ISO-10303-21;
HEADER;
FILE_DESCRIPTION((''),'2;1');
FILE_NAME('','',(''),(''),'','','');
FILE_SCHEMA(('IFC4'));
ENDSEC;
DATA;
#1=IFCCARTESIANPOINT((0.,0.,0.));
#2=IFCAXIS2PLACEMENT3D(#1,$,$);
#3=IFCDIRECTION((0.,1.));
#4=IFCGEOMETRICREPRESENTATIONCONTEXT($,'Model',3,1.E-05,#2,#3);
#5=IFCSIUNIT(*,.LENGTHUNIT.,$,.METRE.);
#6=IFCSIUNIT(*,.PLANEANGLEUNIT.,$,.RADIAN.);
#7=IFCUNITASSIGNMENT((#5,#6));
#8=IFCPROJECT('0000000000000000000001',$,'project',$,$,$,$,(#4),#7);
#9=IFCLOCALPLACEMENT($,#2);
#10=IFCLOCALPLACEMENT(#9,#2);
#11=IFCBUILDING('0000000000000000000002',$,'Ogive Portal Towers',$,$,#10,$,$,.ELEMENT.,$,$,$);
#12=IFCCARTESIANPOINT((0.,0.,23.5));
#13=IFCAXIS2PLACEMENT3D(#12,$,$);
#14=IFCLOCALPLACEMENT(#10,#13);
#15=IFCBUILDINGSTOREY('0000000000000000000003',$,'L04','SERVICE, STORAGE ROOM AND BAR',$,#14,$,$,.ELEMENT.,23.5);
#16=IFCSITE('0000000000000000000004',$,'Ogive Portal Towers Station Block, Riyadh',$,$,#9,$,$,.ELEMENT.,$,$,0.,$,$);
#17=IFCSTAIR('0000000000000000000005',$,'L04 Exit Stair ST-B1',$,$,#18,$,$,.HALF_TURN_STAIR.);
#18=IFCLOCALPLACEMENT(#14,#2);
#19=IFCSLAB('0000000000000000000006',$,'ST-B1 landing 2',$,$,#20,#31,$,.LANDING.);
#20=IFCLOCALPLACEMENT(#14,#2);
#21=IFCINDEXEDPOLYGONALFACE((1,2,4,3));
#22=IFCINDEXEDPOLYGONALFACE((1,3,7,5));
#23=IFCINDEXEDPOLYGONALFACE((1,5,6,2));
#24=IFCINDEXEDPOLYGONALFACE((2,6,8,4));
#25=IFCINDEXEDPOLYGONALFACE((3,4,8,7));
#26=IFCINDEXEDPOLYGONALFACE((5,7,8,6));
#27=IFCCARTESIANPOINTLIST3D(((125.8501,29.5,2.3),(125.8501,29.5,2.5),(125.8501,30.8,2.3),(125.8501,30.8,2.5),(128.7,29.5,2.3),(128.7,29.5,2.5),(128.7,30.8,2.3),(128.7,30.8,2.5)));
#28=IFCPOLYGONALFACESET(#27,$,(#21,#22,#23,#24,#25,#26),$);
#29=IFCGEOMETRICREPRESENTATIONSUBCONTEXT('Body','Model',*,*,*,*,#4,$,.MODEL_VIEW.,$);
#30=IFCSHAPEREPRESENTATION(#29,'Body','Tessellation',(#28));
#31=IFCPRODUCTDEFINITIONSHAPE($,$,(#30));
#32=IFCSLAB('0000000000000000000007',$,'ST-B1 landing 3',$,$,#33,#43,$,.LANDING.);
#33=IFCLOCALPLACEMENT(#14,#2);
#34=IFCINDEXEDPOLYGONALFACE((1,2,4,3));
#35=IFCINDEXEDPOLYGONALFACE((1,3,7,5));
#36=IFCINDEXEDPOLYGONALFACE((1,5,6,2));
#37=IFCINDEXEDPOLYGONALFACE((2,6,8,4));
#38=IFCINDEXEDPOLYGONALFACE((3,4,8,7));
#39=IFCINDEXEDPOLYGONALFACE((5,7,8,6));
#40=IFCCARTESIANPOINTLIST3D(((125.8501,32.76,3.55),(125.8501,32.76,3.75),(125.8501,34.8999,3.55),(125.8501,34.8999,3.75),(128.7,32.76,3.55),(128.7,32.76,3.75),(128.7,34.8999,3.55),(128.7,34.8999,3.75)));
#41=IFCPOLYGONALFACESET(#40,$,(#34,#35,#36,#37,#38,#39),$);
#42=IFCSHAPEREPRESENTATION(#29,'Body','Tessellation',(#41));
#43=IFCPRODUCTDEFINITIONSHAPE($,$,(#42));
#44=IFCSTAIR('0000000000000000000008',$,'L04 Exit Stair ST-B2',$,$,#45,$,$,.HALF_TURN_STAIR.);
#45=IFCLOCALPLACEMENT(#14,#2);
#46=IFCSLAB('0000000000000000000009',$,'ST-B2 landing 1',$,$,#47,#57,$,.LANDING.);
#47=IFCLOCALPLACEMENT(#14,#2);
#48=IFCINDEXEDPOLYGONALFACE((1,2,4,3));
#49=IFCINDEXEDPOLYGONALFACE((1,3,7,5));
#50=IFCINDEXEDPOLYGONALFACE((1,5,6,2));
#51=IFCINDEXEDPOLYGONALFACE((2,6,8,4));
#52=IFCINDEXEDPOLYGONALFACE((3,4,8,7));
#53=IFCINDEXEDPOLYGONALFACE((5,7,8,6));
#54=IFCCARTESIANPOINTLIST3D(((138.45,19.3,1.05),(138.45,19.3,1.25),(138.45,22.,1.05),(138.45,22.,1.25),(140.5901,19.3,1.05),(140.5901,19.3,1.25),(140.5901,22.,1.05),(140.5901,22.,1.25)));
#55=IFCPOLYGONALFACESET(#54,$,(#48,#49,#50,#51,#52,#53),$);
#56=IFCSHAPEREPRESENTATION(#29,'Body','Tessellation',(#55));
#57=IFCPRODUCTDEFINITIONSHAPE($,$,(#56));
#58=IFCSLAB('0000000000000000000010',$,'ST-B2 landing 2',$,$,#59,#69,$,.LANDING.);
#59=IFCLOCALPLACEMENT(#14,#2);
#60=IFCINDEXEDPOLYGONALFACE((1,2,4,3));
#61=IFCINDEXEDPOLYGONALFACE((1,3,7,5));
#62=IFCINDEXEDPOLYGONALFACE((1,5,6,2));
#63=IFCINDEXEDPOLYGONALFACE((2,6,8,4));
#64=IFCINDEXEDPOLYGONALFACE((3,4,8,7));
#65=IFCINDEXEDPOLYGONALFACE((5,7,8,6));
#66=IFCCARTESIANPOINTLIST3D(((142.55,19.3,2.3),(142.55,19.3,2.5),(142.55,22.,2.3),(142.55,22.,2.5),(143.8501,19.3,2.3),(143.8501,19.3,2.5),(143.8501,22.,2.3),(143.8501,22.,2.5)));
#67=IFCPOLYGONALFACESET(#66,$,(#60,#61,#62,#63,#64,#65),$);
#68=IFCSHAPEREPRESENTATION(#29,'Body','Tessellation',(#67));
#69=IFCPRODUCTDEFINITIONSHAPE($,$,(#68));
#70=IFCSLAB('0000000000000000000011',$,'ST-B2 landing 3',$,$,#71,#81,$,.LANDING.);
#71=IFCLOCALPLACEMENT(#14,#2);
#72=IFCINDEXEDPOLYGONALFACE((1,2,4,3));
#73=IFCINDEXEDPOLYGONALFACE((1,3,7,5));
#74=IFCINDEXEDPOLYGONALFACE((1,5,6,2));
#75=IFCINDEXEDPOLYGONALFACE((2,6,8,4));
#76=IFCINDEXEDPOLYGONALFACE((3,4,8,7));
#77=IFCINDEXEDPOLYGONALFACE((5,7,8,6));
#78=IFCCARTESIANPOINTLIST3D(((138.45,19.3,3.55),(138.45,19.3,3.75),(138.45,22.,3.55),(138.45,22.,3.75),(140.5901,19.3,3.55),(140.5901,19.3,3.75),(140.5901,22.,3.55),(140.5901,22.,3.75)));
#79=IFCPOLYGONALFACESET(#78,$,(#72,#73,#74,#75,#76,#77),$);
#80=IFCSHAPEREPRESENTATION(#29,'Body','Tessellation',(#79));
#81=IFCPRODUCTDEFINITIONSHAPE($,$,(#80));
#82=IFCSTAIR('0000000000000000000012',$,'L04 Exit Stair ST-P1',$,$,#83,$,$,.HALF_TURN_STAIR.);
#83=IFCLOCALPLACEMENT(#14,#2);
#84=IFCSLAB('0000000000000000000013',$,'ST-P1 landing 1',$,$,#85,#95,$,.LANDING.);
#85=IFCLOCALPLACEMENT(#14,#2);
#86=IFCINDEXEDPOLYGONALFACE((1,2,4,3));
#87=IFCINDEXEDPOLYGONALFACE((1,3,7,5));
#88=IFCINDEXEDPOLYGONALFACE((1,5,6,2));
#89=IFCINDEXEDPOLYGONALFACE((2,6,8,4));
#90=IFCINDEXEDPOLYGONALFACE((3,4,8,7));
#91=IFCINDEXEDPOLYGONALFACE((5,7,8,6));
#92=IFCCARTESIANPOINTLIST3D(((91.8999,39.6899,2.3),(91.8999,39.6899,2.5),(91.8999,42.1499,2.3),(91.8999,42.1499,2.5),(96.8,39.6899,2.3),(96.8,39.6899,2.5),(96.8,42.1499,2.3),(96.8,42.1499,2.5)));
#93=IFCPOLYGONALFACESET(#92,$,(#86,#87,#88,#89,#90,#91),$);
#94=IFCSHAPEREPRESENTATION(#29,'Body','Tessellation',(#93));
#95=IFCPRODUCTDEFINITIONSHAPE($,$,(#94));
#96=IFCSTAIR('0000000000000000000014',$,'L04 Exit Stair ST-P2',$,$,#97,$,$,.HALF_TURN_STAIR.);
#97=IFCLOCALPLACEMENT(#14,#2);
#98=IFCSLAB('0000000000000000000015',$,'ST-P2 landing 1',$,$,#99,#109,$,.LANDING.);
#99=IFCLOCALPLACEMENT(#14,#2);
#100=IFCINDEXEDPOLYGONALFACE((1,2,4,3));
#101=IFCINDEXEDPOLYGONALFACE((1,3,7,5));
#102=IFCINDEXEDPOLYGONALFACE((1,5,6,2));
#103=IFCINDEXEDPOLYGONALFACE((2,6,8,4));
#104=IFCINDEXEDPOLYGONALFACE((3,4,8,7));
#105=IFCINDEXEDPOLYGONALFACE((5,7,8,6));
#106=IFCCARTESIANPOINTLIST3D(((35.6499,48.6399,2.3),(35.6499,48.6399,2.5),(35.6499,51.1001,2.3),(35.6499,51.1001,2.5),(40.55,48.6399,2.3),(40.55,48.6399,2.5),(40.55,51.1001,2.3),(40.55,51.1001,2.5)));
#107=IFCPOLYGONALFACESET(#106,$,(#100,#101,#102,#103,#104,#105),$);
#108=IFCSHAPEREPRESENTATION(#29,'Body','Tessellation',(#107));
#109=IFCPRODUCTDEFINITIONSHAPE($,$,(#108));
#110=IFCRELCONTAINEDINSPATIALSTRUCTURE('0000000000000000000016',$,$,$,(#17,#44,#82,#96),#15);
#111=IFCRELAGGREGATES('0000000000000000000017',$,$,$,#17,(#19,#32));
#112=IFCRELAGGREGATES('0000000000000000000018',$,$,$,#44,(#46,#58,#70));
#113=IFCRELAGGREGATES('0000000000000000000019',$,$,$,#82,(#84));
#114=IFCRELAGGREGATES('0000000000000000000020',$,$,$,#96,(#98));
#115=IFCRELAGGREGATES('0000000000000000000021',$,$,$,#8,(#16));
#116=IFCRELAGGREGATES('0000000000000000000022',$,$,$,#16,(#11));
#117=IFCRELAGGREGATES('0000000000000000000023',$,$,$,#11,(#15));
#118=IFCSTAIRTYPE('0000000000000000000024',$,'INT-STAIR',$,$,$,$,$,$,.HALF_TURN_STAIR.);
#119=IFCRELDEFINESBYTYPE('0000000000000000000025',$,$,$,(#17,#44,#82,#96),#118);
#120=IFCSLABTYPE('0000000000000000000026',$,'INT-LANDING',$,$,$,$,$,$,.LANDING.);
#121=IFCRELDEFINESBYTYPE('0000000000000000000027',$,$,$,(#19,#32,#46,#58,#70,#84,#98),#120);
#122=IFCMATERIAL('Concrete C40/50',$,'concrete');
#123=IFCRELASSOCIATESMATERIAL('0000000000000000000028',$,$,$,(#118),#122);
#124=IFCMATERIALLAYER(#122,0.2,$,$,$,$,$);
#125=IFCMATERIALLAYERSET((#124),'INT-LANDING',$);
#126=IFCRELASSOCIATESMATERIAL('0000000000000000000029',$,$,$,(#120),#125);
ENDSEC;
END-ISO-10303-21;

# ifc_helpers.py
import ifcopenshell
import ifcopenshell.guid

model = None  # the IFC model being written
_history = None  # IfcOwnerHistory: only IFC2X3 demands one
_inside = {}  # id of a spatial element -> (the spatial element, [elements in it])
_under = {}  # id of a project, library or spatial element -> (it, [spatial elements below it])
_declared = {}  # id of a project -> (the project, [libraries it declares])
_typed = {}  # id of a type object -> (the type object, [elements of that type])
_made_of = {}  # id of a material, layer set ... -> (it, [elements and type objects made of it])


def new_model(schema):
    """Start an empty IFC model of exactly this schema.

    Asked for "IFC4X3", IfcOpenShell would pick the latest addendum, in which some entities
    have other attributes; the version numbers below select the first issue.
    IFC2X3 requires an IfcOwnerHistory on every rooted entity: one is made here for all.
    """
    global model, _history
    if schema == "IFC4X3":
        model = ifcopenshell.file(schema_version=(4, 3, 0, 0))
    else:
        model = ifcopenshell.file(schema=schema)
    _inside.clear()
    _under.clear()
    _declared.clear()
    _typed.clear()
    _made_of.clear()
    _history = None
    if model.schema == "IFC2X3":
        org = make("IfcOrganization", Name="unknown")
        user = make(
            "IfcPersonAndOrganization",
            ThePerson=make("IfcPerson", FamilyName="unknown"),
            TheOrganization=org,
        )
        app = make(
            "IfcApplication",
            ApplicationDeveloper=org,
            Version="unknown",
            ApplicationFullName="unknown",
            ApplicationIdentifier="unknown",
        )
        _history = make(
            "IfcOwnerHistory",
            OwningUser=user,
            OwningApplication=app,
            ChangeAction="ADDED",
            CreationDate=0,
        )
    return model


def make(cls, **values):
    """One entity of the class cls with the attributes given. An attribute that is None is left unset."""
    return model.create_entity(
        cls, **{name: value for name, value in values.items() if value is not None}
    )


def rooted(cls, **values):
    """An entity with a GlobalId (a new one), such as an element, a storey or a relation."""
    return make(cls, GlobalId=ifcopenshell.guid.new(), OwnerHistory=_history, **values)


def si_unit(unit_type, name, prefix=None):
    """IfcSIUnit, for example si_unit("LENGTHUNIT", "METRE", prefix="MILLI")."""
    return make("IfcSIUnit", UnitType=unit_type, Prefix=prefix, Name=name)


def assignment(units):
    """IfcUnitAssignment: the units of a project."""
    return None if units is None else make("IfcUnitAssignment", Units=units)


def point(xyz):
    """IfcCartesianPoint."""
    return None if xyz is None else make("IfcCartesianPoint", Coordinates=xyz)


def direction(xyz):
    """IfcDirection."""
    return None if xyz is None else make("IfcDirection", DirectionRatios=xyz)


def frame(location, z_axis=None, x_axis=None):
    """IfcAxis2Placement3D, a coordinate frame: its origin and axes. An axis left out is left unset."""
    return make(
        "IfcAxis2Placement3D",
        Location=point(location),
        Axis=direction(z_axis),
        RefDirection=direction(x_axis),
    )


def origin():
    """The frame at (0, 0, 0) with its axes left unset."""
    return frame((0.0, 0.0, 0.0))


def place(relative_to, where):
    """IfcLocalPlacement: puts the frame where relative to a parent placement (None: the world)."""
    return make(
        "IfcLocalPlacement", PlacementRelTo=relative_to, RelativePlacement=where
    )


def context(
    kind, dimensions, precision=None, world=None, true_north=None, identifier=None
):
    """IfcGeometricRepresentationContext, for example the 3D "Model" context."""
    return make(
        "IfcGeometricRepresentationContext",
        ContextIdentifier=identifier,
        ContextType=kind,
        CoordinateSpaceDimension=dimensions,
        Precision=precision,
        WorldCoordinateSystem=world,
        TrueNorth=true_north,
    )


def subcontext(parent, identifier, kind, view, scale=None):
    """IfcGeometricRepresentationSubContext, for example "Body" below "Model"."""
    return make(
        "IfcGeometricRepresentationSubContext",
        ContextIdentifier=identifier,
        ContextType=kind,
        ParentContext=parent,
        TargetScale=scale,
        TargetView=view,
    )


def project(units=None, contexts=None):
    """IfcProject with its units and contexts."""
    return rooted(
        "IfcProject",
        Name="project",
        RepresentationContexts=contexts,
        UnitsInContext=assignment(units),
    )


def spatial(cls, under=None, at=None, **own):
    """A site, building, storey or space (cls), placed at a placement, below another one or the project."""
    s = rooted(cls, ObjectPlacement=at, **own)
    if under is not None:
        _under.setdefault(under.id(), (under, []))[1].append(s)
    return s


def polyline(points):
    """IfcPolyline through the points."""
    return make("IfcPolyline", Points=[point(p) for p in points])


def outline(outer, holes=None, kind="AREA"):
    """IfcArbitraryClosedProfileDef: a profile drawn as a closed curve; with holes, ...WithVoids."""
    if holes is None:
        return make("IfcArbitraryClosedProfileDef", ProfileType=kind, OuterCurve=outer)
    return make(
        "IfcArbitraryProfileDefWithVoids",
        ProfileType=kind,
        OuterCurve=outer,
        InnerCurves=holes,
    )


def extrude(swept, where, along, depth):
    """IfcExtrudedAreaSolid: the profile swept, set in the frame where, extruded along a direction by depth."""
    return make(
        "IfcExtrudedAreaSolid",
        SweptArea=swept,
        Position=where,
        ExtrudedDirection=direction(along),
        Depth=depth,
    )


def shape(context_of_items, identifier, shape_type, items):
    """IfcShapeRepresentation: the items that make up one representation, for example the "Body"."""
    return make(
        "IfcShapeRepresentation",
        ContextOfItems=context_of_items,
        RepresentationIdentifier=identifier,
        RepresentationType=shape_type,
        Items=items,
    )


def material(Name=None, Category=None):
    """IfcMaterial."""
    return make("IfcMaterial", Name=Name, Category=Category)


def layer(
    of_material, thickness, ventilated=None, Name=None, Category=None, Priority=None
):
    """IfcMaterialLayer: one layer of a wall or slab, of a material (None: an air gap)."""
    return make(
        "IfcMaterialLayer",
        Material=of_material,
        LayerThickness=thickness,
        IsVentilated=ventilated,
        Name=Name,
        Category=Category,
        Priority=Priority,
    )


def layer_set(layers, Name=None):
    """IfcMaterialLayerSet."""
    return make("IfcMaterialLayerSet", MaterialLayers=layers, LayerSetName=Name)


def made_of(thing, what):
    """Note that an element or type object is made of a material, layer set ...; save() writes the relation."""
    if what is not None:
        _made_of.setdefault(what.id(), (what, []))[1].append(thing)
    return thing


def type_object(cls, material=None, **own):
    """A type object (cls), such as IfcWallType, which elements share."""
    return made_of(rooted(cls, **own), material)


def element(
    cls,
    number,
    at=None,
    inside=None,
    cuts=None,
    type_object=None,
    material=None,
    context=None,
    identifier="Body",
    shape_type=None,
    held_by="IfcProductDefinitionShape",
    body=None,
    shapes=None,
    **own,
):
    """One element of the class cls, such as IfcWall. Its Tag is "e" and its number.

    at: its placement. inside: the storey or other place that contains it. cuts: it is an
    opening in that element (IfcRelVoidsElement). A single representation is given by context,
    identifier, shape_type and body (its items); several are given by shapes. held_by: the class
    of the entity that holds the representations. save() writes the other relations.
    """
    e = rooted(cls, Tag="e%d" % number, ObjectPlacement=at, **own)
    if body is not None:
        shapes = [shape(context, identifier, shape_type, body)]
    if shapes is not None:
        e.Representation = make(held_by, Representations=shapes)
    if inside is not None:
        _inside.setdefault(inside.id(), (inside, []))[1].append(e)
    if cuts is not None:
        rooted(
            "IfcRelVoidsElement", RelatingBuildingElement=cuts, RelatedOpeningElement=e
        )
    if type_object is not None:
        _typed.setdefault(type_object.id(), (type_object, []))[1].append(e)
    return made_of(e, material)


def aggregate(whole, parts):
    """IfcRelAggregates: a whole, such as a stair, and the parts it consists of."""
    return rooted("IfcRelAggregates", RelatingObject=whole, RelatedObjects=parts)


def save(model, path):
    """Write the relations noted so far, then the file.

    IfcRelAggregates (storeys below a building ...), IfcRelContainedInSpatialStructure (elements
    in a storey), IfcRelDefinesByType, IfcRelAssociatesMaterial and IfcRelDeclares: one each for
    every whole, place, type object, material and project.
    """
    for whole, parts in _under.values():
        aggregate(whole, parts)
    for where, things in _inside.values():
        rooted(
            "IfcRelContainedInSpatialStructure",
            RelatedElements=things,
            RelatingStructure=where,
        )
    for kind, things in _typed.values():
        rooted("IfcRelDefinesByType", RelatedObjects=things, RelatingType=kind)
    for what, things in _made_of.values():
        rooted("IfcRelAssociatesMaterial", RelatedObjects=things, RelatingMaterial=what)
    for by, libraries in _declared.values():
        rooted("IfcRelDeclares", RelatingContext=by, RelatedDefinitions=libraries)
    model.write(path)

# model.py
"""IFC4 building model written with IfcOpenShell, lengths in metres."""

from ifc_helpers import new_model, si_unit, direction, frame, origin, place, context, subcontext, project, spatial, polyline, outline, extrude, material, layer, layer_set, type_object, element, aggregate, save


model = new_model("IFC4")

# Units and contexts
model_context = context("Model", 3, precision=1e-05, world=origin(), true_north=direction((0.0, 1.0)))
body_context = subcontext(model_context, "Body", "Model", "MODEL_VIEW")
ifc_project = project(units=[si_unit("LENGTHUNIT", "METRE"), si_unit("PLANEANGLEUNIT", "RADIAN")], contexts=[model_context])

# Site, building, storey
site_placement = place(None, origin())
site = spatial("IfcSite", under=ifc_project, at=site_placement, Name="Ogive Portal Towers Station Block, Riyadh", CompositionType="ELEMENT", RefElevation=0.0)
building_placement = place(site_placement, origin())
building = spatial("IfcBuilding", under=site, at=building_placement, Name="Ogive Portal Towers", CompositionType="ELEMENT")
storey_placement = place(building_placement, frame((0.0, 0.0, 23.5)))
storey = spatial("IfcBuildingStorey", under=building, at=storey_placement, Name="L04", Description="SERVICE, STORAGE ROOM AND BAR", CompositionType="ELEMENT", Elevation=23.5)

# Stairs, slabs
ifc_material_1 = material(Name="Concrete C40/50", Category="concrete")
stair_type = type_object("IfcStairType", Name="INT-STAIR", PredefinedType="HALF_TURN_STAIR", material=ifc_material_1)
stair_1_placement = place(storey_placement, origin())
stair_1 = element("IfcStair", 1, at=stair_1_placement, inside=storey, type_object=stair_type, Name="L04 Exit Stair ST-B1", PredefinedType="HALF_TURN_STAIR")
ifc_layer_1 = layer(ifc_material_1, 0.2)
ifc_layer_set_1 = layer_set([ifc_layer_1], Name="INT-LANDING")
slab_type = type_object("IfcSlabType", Name="INT-LANDING", PredefinedType="LANDING", material=ifc_layer_set_1)
slab_1_placement = place(storey_placement, frame((0.0, 0.0, 2.3)))
slab_1 = element("IfcSlab", 2, at=slab_1_placement, type_object=slab_type, Name="ST-B1 landing 2", PredefinedType="LANDING", context=body_context, shape_type="SweptSolid", body=[
    extrude(outline(polyline([(128.7, 29.5), (128.7, 30.8), (125.8501, 30.8), (125.8501, 29.5), (128.7, 29.5)])), origin(), (0.0, 0.0, 1.0), 0.2),
])
slab_2_placement = place(storey_placement, frame((0.0, 0.0, 3.55)))
slab_2 = element("IfcSlab", 3, at=slab_2_placement, type_object=slab_type, Name="ST-B1 landing 3", PredefinedType="LANDING", context=body_context, shape_type="SweptSolid", body=[
    extrude(outline(polyline([(128.7, 32.76), (128.7, 34.8999), (125.8501, 34.8999), (125.8501, 32.76), (128.7, 32.76)])), origin(), (0.0, 0.0, 1.0), 0.2),
])
aggregate(stair_1, [slab_1, slab_2])
stair_2_placement = place(storey_placement, origin())
stair_2 = element("IfcStair", 4, at=stair_2_placement, inside=storey, type_object=stair_type, Name="L04 Exit Stair ST-B2", PredefinedType="HALF_TURN_STAIR")
slab_3_placement = place(storey_placement, frame((0.0, 0.0, 1.05)))
slab_3 = element("IfcSlab", 5, at=slab_3_placement, type_object=slab_type, Name="ST-B2 landing 1", PredefinedType="LANDING", context=body_context, shape_type="SweptSolid", body=[
    extrude(outline(polyline([(140.5901, 22.0), (138.45, 22.0), (138.45, 19.3), (140.5901, 19.3), (140.5901, 22.0)])), origin(), (0.0, 0.0, 1.0), 0.2),
])
slab_4_placement = place(storey_placement, frame((0.0, 0.0, 2.3)))
slab_4 = element("IfcSlab", 6, at=slab_4_placement, type_object=slab_type, Name="ST-B2 landing 2", PredefinedType="LANDING", context=body_context, shape_type="SweptSolid", body=[
    extrude(outline(polyline([(143.8501, 22.0), (142.55, 22.0), (142.55, 19.3), (143.8501, 19.3), (143.8501, 22.0)])), origin(), (0.0, 0.0, 1.0), 0.2),
])
slab_5_placement = place(storey_placement, frame((0.0, 0.0, 3.55)))
slab_5 = element("IfcSlab", 7, at=slab_5_placement, type_object=slab_type, Name="ST-B2 landing 3", PredefinedType="LANDING", context=body_context, shape_type="SweptSolid", body=[
    extrude(outline(polyline([(140.5901, 22.0), (138.45, 22.0), (138.45, 19.3), (140.5901, 19.3), (140.5901, 22.0)])), origin(), (0.0, 0.0, 1.0), 0.2),
])
aggregate(stair_2, [slab_3, slab_4, slab_5])

# Stairs, slabs
stair_3_placement = place(storey_placement, origin())
stair_3 = element("IfcStair", 8, at=stair_3_placement, inside=storey, type_object=stair_type, Name="L04 Exit Stair ST-P1", PredefinedType="HALF_TURN_STAIR")
slab_6_placement = place(storey_placement, frame((0.0, 0.0, 2.3)))
slab_6 = element("IfcSlab", 9, at=slab_6_placement, type_object=slab_type, Name="ST-P1 landing 1", PredefinedType="LANDING", context=body_context, shape_type="SweptSolid", body=[
    extrude(outline(polyline([(96.8, 39.6899), (96.8, 42.1499), (91.8999, 42.1499), (91.8999, 39.6899), (96.8, 39.6899)])), origin(), (0.0, 0.0, 1.0), 0.2),
])
aggregate(stair_3, [slab_6])
stair_4_placement = place(storey_placement, origin())
stair_4 = element("IfcStair", 10, at=stair_4_placement, inside=storey, type_object=stair_type, Name="L04 Exit Stair ST-P2", PredefinedType="HALF_TURN_STAIR")
slab_7_placement = place(storey_placement, frame((0.0, 0.0, 2.3)))
slab_7 = element("IfcSlab", 11, at=slab_7_placement, type_object=slab_type, Name="ST-P2 landing 1", PredefinedType="LANDING", context=body_context, shape_type="SweptSolid", body=[
    extrude(outline(polyline([(40.55, 48.6399), (40.55, 51.1001), (35.6499, 51.1001), (35.6499, 48.6399), (40.55, 48.6399)])), origin(), (0.0, 0.0, 1.0), 0.2),
])
aggregate(stair_4, [slab_7])

save(model, "model.ifc")
